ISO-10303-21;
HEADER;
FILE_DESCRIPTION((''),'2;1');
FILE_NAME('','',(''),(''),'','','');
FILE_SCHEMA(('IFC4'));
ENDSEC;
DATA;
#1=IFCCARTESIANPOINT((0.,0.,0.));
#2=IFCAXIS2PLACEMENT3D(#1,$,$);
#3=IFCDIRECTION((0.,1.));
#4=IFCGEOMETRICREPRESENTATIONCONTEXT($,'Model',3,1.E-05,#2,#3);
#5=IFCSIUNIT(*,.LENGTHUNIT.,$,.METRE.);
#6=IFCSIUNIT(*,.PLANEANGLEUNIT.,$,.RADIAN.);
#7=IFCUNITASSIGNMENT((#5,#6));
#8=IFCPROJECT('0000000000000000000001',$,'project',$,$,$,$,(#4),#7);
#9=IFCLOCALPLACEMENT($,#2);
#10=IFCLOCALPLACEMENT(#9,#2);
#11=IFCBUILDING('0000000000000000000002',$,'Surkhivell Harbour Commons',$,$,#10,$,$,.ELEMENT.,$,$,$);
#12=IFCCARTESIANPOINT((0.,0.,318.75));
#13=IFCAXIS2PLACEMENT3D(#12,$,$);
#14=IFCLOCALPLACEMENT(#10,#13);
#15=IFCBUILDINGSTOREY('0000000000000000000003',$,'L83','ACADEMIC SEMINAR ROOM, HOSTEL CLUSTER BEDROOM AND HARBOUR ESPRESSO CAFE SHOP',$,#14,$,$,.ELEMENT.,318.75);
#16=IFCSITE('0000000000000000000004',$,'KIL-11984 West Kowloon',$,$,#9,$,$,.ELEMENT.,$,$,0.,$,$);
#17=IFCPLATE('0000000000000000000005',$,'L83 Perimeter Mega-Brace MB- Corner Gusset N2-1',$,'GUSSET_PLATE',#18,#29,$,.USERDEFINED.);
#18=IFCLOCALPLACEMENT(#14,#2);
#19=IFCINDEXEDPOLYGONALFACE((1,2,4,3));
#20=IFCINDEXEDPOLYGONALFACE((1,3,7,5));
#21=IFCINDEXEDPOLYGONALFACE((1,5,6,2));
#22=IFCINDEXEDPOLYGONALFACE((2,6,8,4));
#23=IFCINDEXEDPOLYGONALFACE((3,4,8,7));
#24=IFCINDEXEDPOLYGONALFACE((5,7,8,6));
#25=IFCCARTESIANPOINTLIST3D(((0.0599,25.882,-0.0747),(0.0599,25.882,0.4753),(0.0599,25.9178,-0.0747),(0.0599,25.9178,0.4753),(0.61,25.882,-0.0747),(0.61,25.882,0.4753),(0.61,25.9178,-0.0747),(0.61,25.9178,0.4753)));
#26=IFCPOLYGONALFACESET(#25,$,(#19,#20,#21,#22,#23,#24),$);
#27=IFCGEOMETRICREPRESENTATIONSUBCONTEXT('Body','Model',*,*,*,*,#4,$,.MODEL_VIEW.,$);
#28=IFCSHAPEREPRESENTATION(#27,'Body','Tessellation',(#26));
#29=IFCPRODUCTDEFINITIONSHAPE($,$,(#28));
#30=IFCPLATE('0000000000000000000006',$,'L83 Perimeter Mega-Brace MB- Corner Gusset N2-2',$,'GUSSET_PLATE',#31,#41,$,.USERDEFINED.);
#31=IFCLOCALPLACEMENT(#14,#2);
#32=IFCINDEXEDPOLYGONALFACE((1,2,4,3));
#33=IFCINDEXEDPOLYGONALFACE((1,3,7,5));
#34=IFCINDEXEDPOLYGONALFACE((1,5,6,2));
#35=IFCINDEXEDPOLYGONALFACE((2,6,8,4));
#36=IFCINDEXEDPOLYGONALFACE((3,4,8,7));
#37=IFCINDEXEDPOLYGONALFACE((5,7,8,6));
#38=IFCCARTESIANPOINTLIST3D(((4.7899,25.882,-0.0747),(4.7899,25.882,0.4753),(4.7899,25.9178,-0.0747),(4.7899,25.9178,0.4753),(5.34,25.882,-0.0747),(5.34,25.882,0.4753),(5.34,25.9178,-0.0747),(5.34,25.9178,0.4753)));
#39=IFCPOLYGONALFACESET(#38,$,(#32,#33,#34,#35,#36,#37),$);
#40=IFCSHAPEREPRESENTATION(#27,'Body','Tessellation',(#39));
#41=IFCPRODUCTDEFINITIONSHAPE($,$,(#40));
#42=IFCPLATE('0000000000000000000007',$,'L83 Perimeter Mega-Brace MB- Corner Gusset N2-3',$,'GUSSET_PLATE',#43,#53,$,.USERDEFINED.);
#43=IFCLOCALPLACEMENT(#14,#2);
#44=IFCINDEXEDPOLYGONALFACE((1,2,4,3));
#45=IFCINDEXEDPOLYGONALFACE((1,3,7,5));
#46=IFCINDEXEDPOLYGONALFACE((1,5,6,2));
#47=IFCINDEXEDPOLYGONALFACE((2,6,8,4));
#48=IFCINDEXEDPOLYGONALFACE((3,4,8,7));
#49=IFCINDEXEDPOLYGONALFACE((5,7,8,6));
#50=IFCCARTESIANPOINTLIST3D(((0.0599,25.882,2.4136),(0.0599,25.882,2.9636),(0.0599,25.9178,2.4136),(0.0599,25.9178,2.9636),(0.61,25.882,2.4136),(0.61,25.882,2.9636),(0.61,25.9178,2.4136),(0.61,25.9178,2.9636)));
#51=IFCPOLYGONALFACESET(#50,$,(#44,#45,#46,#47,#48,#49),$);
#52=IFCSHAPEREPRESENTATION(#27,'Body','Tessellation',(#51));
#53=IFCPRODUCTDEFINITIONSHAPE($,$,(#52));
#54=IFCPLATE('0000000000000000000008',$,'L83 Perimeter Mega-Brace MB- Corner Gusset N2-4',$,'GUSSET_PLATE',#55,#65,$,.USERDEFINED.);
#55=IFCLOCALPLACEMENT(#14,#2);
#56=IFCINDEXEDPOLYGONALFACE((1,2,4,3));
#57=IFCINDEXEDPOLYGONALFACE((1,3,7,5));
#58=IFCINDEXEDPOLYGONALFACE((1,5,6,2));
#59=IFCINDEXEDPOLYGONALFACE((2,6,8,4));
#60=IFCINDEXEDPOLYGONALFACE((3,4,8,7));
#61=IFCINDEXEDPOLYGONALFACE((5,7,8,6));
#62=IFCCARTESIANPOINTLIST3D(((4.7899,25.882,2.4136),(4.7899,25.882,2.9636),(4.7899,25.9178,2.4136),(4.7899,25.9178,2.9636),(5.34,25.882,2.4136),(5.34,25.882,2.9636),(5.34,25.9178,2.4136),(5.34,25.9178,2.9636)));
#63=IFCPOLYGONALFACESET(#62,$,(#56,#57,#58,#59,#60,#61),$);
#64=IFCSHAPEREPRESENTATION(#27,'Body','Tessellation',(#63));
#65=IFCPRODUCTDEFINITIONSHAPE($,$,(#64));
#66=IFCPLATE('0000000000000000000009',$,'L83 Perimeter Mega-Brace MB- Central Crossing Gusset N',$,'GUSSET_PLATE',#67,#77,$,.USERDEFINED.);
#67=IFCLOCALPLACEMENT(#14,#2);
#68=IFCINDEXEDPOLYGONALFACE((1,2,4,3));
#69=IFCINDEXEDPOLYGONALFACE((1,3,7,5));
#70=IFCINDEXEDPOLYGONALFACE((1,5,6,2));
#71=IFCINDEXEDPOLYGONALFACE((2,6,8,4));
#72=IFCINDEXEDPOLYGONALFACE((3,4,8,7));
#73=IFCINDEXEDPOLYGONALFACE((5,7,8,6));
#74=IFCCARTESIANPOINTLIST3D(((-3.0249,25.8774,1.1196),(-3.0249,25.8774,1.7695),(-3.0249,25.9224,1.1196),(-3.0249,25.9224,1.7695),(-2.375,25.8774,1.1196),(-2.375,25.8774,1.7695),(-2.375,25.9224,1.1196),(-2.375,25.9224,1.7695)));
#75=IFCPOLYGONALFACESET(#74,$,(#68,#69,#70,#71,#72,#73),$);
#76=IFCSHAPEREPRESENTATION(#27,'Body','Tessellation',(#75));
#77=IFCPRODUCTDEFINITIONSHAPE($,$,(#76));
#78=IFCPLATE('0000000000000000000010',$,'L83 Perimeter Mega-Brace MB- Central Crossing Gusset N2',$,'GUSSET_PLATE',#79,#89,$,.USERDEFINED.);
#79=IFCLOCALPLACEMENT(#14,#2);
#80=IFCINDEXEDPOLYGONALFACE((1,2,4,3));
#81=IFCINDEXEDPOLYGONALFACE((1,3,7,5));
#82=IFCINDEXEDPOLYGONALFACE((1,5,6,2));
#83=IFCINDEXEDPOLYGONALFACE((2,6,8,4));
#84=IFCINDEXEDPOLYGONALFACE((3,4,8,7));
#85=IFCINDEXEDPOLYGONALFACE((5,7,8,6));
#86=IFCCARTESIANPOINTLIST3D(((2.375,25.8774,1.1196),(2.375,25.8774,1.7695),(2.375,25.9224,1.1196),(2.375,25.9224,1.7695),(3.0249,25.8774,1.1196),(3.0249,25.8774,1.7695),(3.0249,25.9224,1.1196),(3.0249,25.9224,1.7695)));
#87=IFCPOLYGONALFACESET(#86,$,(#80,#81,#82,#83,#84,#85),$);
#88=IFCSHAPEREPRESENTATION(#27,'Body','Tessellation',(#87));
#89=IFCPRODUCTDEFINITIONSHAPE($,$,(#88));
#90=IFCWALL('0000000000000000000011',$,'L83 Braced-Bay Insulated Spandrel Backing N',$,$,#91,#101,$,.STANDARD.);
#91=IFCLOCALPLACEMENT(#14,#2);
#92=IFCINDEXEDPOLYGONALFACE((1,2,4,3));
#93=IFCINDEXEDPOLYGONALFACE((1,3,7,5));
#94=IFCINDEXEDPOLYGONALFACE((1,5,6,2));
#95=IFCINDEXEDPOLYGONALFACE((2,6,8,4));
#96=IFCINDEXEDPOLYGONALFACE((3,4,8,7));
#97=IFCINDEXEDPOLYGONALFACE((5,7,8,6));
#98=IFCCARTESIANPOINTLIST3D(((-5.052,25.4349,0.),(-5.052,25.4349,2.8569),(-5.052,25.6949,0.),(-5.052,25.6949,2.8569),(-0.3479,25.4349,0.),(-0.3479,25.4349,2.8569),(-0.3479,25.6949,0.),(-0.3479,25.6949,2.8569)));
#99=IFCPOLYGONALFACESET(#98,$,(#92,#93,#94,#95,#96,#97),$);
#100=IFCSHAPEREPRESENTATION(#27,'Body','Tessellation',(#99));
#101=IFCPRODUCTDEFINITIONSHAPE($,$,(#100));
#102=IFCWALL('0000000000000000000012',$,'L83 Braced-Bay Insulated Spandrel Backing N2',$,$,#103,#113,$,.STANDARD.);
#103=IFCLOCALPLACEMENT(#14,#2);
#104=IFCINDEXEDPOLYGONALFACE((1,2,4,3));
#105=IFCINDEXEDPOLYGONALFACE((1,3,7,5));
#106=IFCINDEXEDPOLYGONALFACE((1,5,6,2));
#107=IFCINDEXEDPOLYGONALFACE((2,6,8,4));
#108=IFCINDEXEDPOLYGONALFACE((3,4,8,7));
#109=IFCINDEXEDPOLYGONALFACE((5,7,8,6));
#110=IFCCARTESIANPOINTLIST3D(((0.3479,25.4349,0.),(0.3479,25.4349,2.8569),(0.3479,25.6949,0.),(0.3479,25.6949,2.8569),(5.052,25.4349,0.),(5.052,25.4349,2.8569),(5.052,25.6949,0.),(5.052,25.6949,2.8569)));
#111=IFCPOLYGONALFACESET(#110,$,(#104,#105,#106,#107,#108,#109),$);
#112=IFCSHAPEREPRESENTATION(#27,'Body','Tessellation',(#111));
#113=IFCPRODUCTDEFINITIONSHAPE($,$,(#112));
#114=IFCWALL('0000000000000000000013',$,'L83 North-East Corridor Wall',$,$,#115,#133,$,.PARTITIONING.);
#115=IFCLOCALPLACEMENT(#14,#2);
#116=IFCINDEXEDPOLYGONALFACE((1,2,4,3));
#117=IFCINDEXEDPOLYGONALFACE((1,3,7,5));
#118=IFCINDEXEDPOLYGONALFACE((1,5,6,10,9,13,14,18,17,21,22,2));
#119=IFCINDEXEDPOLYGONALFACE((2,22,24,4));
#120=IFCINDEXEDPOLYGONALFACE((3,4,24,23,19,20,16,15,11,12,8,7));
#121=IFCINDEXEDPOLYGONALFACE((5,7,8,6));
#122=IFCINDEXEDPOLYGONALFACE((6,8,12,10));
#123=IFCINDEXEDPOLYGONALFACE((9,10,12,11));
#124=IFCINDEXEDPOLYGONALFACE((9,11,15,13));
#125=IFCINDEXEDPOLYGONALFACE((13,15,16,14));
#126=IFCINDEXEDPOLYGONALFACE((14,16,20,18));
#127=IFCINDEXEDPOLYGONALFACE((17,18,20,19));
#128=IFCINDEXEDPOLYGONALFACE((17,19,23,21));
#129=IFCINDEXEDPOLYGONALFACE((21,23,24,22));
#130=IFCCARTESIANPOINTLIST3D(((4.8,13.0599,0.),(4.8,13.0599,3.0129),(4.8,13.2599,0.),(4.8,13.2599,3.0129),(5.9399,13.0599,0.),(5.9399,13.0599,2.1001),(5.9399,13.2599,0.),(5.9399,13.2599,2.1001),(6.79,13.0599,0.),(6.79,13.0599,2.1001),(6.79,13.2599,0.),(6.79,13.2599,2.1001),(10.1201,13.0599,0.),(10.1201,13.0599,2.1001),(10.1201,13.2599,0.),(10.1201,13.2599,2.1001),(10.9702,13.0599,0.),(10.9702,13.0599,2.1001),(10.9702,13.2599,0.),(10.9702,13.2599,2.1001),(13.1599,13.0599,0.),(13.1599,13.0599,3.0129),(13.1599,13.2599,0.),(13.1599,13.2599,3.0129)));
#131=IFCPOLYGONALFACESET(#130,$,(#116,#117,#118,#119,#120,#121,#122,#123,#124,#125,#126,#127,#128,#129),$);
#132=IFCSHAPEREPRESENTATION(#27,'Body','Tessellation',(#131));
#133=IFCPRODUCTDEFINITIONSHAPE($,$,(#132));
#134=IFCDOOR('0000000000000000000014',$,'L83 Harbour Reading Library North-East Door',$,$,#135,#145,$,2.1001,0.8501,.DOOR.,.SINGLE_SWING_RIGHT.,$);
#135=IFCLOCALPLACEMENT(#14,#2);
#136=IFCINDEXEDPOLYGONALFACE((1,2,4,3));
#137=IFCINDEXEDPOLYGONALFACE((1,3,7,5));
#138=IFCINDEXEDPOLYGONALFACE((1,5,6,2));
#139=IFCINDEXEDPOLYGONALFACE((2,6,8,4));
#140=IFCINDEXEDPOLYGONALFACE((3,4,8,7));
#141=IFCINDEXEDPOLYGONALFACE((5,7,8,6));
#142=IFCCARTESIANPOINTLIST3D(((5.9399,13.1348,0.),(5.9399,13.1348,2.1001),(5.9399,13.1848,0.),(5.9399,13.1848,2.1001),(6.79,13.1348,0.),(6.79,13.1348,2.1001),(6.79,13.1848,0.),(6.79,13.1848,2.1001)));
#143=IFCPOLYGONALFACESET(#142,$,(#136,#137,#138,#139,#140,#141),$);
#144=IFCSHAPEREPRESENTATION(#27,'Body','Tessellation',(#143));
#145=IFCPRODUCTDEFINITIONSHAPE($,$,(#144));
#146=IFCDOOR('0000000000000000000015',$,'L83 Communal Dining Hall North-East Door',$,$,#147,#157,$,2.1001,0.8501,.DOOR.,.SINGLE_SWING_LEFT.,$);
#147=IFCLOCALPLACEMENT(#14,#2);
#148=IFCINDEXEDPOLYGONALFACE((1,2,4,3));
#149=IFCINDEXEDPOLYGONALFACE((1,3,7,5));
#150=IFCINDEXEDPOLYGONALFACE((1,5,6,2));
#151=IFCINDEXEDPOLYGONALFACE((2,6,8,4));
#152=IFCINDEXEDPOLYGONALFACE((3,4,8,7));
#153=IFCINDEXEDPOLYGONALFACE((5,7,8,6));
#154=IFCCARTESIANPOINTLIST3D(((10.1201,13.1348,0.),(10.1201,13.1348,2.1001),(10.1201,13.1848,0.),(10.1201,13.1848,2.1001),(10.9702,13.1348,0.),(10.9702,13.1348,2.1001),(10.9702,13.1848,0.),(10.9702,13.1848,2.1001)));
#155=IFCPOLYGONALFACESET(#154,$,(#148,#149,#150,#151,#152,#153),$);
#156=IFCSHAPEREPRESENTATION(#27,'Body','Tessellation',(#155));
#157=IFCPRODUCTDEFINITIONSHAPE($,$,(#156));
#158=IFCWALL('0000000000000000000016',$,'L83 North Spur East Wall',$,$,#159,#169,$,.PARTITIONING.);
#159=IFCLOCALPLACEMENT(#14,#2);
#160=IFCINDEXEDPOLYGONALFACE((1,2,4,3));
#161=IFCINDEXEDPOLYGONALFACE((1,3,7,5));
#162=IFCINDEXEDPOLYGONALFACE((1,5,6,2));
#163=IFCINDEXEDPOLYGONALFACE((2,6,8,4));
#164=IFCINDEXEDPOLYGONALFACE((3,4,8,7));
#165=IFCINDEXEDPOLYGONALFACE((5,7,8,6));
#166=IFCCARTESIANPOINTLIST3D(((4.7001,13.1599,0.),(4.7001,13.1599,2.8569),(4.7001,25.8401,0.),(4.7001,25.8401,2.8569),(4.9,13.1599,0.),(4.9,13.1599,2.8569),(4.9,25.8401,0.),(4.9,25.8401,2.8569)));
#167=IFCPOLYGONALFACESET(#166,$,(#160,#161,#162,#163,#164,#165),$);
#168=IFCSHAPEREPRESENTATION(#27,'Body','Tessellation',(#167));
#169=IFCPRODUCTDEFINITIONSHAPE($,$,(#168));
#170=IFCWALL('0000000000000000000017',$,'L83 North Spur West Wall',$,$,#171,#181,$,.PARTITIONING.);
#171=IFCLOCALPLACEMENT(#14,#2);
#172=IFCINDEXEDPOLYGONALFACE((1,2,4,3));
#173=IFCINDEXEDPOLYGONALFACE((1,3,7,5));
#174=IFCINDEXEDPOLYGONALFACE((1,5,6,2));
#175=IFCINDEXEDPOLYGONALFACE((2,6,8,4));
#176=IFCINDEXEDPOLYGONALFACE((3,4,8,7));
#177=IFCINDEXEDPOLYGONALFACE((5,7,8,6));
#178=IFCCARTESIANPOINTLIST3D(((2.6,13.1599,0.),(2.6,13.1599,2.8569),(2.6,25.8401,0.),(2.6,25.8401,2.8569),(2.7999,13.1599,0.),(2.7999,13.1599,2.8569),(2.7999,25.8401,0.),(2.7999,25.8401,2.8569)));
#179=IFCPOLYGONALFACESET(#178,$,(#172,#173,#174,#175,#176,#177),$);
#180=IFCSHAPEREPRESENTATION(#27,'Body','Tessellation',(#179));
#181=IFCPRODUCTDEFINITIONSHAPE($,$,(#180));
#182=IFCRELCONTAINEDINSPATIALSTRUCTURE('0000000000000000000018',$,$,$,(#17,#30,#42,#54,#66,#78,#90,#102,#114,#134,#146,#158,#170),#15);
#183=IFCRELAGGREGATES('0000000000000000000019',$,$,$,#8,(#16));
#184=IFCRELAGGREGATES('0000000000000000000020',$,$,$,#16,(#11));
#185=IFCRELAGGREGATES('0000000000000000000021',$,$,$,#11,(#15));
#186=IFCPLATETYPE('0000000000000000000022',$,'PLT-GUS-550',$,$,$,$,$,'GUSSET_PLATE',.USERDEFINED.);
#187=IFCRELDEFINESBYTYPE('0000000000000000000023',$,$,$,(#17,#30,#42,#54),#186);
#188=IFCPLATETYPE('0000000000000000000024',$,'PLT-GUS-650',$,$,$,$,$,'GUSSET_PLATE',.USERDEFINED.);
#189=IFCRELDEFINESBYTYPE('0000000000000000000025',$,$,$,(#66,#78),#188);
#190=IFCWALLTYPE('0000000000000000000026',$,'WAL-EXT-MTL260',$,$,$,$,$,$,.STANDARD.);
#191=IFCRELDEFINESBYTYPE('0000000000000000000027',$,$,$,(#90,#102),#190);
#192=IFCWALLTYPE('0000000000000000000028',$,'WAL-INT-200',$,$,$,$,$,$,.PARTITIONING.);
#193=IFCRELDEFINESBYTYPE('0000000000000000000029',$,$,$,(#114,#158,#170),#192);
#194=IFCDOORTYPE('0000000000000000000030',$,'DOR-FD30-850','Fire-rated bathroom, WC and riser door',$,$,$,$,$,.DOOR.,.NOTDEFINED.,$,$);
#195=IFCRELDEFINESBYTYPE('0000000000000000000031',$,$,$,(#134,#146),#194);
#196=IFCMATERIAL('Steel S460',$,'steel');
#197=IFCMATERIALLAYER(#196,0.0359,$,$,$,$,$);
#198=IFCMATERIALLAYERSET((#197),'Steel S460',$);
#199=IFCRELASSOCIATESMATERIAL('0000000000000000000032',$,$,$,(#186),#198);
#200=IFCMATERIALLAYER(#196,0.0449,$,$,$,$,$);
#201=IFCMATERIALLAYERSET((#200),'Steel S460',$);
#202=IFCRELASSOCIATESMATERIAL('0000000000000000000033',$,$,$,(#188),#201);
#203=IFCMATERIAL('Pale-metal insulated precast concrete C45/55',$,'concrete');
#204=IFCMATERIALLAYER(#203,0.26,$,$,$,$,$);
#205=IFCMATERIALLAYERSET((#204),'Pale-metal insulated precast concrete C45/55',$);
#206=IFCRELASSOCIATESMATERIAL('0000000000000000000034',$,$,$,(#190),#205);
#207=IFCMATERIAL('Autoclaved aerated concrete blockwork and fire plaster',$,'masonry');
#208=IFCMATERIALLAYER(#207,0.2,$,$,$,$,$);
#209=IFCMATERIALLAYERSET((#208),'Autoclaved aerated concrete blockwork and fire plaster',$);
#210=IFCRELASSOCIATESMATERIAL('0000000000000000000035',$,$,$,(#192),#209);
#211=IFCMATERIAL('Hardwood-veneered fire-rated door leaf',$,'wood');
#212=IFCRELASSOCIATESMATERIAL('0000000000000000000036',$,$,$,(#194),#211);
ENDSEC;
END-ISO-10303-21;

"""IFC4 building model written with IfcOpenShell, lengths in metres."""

from ifc_helpers import new_model, si_unit, direction, frame, frame_2d, origin, origin_2d, place, context, subcontext, project, spatial, rectangle, extrude, material, layer, layer_set, type_object, element, fill, save


model = new_model("IFC4")

# Units and contexts
model_context = context("Model", 3, precision=1e-05, world=origin(), true_north=direction((0.0, 1.0)))
body_context = subcontext(model_context, "Body", "Model", "MODEL_VIEW")
ifc_project = project(units=[si_unit("LENGTHUNIT", "METRE"), si_unit("PLANEANGLEUNIT", "RADIAN")], contexts=[model_context])

# Site, building, storey
site_placement = place(None, origin())
site = spatial("IfcSite", under=ifc_project, at=site_placement, Name="KIL-11984 West Kowloon", CompositionType="ELEMENT", RefElevation=0.0)
building_placement = place(site_placement, origin())
building = spatial("IfcBuilding", under=site, at=building_placement, Name="Surkhivell Harbour Commons", CompositionType="ELEMENT")
storey_placement = place(building_placement, frame((0.0, 0.0, 318.75)))
storey = spatial("IfcBuildingStorey", under=building, at=storey_placement, Name="L83", Description="ACADEMIC SEMINAR ROOM, HOSTEL CLUSTER BEDROOM AND HARBOUR ESPRESSO CAFE SHOP", CompositionType="ELEMENT", Elevation=318.75)

# Plates
ifc_material_1 = material(Name="Steel S460", Category="steel")
ifc_layer_1 = layer(ifc_material_1, 0.0359)
ifc_layer_set_1 = layer_set([ifc_layer_1], Name="Steel S460")
plate_type_1 = type_object("IfcPlateType", Name="PLT-GUS-550", ElementType="GUSSET_PLATE", PredefinedType="USERDEFINED", material=ifc_layer_set_1)
for number, where, z_axis, x_axis, name in (
    (1, (0.335, 25.8999, -0.0747), (0.0, 0.0, 1.0), (1.0, 0.0, 0.0), "L83 Perimeter Mega-Brace MB- Corner Gusset N2-1"),
    (2, (5.0649, 25.8999, -0.0747), (0.0, 0.0, 1.0), (1.0, 0.0, 0.0), "L83 Perimeter Mega-Brace MB- Corner Gusset N2-2"),
    (3, (0.335, 25.8999, 2.4136), (0.0, 0.0, 1.0), (1.0, 0.0, 0.0), "L83 Perimeter Mega-Brace MB- Corner Gusset N2-3"),
    (4, (5.0649, 25.8999, 2.4136), (0.0, 0.0, 1.0), (1.0, 0.0, 0.0), "L83 Perimeter Mega-Brace MB- Corner Gusset N2-4"),
):
    element("IfcPlate", number, at=place(storey_placement, frame(where, z_axis=z_axis, x_axis=x_axis)), inside=storey, type_object=plate_type_1, Name=name, ObjectType="GUSSET_PLATE", PredefinedType="USERDEFINED", context=body_context, shape_type="SweptSolid", body=[
        extrude(rectangle(XDim=0.55, YDim=0.0359, at=origin_2d()), origin(), (0.0, 0.0, 1.0), 0.55),
    ])
ifc_layer_2 = layer(ifc_material_1, 0.0449)
ifc_layer_set_2 = layer_set([ifc_layer_2], Name="Steel S460")
plate_type_2 = type_object("IfcPlateType", Name="PLT-GUS-650", ElementType="GUSSET_PLATE", PredefinedType="USERDEFINED", material=ifc_layer_set_2)
for number, where, z_axis, x_axis, name in (
    (5, (-2.7, 25.8999, 1.1196), (0.0, 0.0, 1.0), (1.0, 0.0, 0.0), "L83 Perimeter Mega-Brace MB- Central Crossing Gusset N"),
    (6, (2.7, 25.8999, 1.1196), (0.0, 0.0, 1.0), (1.0, 0.0, 0.0), "L83 Perimeter Mega-Brace MB- Central Crossing Gusset N2"),
):
    element("IfcPlate", number, at=place(storey_placement, frame(where, z_axis=z_axis, x_axis=x_axis)), inside=storey, type_object=plate_type_2, Name=name, ObjectType="GUSSET_PLATE", PredefinedType="USERDEFINED", context=body_context, shape_type="SweptSolid", body=[
        extrude(rectangle(XDim=0.6499, YDim=0.0449, at=origin_2d()), origin(), (0.0, 0.0, 1.0), 0.6499),
    ])

# Walls
ifc_material_2 = material(Name="Pale-metal insulated precast concrete C45/55", Category="concrete")
ifc_layer_3 = layer(ifc_material_2, 0.26)
ifc_layer_set_3 = layer_set([ifc_layer_3], Name="Pale-metal insulated precast concrete C45/55")
wall_type_1 = type_object("IfcWallType", Name="WAL-EXT-MTL260", PredefinedType="STANDARD", material=ifc_layer_set_3)
for number, where, z_axis, x_axis, name in (
    (7, (-0.3479, 25.5649, 0.0), (0.0, 0.0, 1.0), (-1.0, 0.0, 0.0), "L83 Braced-Bay Insulated Spandrel Backing N"),
    (8, (5.052, 25.5649, 0.0), (0.0, 0.0, 1.0), (-1.0, 0.0, 0.0), "L83 Braced-Bay Insulated Spandrel Backing N2"),
):
    element("IfcWall", number, at=place(storey_placement, frame(where, z_axis=z_axis, x_axis=x_axis)), inside=storey, type_object=wall_type_1, Name=name, PredefinedType="STANDARD", context=body_context, shape_type="SweptSolid", body=[
        extrude(rectangle(XDim=4.7041, YDim=0.26, at=frame_2d((2.3521, 0.0))), origin(), (0.0, 0.0, 1.0), 2.8569),
    ])

# Wall, openings, doors
ifc_material_3 = material(Name="Autoclaved aerated concrete blockwork and fire plaster", Category="masonry")
ifc_layer_4 = layer(ifc_material_3, 0.2)
ifc_layer_set_4 = layer_set([ifc_layer_4], Name="Autoclaved aerated concrete blockwork and fire plaster")
wall_type_2 = type_object("IfcWallType", Name="WAL-INT-200", PredefinedType="PARTITIONING", material=ifc_layer_set_4)
wall_placement = place(storey_placement, frame((4.8, 13.1599, 0.0), z_axis=(0.0, 0.0, 1.0), x_axis=(1.0, 0.0, 0.0)))
wall = element("IfcWall", 9, at=wall_placement, inside=storey, type_object=wall_type_2, Name="L83 North-East Corridor Wall", PredefinedType="PARTITIONING", context=body_context, shape_type="SweptSolid", body=[
    extrude(rectangle(XDim=8.3599, YDim=0.2, at=frame_2d((4.1799, 0.0))), origin(), (0.0, 0.0, 1.0), 3.0129),
])
opening_1_placement = place(wall_placement, frame((1.1399, 0.0, 0.0)))
opening_1 = element("IfcOpeningElement", 10, at=opening_1_placement, cuts=wall, PredefinedType="OPENING", context=body_context, shape_type="SweptSolid", body=[
    extrude(rectangle(XDim=0.8501, YDim=2.1001, at=frame_2d((0.425, 1.05))), frame((0.0, 0.1099, 0.0), z_axis=(0.0, -1.0, 0.0), x_axis=(1.0, 0.0, 0.0)), (0.0, 0.0, 1.0), 0.22),
])
opening_2_placement = place(wall_placement, frame((5.3201, 0.0, 0.0)))
opening_2 = element("IfcOpeningElement", 11, at=opening_2_placement, cuts=wall, PredefinedType="OPENING", context=body_context, shape_type="SweptSolid", body=[
    extrude(rectangle(XDim=0.8501, YDim=2.1001, at=frame_2d((0.425, 1.05))), frame((0.0, 0.1099, 0.0), z_axis=(0.0, -1.0, 0.0), x_axis=(1.0, 0.0, 0.0)), (0.0, 0.0, 1.0), 0.22),
])
ifc_material_4 = material(Name="Hardwood-veneered fire-rated door leaf", Category="wood")
door_type = type_object("IfcDoorType", Name="DOR-FD30-850", Description="Fire-rated bathroom, WC and riser door", OperationType="NOTDEFINED", PredefinedType="DOOR", material=ifc_material_4)
door_1_placement = place(opening_1_placement, origin())
door_1 = element("IfcDoor", 12, at=door_1_placement, inside=storey, type_object=door_type, Name="L83 Harbour Reading Library North-East Door", OperationType="SINGLE_SWING_RIGHT", OverallHeight=2.1001, OverallWidth=0.8501, PredefinedType="DOOR", context=body_context, shape_type="SweptSolid", body=[
    extrude(rectangle(XDim=0.8501, YDim=2.1001, at=frame_2d((0.425, 1.05))), frame((0.0, 0.0249, 0.0), z_axis=(0.0, -1.0, 0.0), x_axis=(1.0, 0.0, 0.0)), (0.0, 0.0, 1.0), 0.05),
])
fill(opening_1, door_1)
door_2_placement = place(opening_2_placement, origin())
door_2 = element("IfcDoor", 13, at=door_2_placement, inside=storey, type_object=door_type, Name="L83 Communal Dining Hall North-East Door", OperationType="SINGLE_SWING_LEFT", OverallHeight=2.1001, OverallWidth=0.8501, PredefinedType="DOOR", context=body_context, shape_type="SweptSolid", body=[
    extrude(rectangle(XDim=0.8501, YDim=2.1001, at=frame_2d((0.425, 1.05))), frame((0.0, 0.0249, 0.0), z_axis=(0.0, -1.0, 0.0), x_axis=(1.0, 0.0, 0.0)), (0.0, 0.0, 1.0), 0.05),
])
fill(opening_2, door_2)

# Walls
for number, where, z_axis, x_axis, name in (
    (14, (4.8, 13.1599, 0.0), (0.0, 0.0, 1.0), (0.0, 1.0, 0.0), "L83 North Spur East Wall"),
    (15, (2.7, 13.1599, 0.0), (0.0, 0.0, 1.0), (0.0, 1.0, 0.0), "L83 North Spur West Wall"),
):
    element("IfcWall", number, at=place(storey_placement, frame(where, z_axis=z_axis, x_axis=x_axis)), inside=storey, type_object=wall_type_2, Name=name, PredefinedType="PARTITIONING", context=body_context, shape_type="SweptSolid", body=[
        extrude(rectangle(XDim=12.6802, YDim=0.2, at=frame_2d((6.3401, 0.0))), origin(), (0.0, 0.0, 1.0), 2.8569),
    ])

save(model, "model.ifc")
